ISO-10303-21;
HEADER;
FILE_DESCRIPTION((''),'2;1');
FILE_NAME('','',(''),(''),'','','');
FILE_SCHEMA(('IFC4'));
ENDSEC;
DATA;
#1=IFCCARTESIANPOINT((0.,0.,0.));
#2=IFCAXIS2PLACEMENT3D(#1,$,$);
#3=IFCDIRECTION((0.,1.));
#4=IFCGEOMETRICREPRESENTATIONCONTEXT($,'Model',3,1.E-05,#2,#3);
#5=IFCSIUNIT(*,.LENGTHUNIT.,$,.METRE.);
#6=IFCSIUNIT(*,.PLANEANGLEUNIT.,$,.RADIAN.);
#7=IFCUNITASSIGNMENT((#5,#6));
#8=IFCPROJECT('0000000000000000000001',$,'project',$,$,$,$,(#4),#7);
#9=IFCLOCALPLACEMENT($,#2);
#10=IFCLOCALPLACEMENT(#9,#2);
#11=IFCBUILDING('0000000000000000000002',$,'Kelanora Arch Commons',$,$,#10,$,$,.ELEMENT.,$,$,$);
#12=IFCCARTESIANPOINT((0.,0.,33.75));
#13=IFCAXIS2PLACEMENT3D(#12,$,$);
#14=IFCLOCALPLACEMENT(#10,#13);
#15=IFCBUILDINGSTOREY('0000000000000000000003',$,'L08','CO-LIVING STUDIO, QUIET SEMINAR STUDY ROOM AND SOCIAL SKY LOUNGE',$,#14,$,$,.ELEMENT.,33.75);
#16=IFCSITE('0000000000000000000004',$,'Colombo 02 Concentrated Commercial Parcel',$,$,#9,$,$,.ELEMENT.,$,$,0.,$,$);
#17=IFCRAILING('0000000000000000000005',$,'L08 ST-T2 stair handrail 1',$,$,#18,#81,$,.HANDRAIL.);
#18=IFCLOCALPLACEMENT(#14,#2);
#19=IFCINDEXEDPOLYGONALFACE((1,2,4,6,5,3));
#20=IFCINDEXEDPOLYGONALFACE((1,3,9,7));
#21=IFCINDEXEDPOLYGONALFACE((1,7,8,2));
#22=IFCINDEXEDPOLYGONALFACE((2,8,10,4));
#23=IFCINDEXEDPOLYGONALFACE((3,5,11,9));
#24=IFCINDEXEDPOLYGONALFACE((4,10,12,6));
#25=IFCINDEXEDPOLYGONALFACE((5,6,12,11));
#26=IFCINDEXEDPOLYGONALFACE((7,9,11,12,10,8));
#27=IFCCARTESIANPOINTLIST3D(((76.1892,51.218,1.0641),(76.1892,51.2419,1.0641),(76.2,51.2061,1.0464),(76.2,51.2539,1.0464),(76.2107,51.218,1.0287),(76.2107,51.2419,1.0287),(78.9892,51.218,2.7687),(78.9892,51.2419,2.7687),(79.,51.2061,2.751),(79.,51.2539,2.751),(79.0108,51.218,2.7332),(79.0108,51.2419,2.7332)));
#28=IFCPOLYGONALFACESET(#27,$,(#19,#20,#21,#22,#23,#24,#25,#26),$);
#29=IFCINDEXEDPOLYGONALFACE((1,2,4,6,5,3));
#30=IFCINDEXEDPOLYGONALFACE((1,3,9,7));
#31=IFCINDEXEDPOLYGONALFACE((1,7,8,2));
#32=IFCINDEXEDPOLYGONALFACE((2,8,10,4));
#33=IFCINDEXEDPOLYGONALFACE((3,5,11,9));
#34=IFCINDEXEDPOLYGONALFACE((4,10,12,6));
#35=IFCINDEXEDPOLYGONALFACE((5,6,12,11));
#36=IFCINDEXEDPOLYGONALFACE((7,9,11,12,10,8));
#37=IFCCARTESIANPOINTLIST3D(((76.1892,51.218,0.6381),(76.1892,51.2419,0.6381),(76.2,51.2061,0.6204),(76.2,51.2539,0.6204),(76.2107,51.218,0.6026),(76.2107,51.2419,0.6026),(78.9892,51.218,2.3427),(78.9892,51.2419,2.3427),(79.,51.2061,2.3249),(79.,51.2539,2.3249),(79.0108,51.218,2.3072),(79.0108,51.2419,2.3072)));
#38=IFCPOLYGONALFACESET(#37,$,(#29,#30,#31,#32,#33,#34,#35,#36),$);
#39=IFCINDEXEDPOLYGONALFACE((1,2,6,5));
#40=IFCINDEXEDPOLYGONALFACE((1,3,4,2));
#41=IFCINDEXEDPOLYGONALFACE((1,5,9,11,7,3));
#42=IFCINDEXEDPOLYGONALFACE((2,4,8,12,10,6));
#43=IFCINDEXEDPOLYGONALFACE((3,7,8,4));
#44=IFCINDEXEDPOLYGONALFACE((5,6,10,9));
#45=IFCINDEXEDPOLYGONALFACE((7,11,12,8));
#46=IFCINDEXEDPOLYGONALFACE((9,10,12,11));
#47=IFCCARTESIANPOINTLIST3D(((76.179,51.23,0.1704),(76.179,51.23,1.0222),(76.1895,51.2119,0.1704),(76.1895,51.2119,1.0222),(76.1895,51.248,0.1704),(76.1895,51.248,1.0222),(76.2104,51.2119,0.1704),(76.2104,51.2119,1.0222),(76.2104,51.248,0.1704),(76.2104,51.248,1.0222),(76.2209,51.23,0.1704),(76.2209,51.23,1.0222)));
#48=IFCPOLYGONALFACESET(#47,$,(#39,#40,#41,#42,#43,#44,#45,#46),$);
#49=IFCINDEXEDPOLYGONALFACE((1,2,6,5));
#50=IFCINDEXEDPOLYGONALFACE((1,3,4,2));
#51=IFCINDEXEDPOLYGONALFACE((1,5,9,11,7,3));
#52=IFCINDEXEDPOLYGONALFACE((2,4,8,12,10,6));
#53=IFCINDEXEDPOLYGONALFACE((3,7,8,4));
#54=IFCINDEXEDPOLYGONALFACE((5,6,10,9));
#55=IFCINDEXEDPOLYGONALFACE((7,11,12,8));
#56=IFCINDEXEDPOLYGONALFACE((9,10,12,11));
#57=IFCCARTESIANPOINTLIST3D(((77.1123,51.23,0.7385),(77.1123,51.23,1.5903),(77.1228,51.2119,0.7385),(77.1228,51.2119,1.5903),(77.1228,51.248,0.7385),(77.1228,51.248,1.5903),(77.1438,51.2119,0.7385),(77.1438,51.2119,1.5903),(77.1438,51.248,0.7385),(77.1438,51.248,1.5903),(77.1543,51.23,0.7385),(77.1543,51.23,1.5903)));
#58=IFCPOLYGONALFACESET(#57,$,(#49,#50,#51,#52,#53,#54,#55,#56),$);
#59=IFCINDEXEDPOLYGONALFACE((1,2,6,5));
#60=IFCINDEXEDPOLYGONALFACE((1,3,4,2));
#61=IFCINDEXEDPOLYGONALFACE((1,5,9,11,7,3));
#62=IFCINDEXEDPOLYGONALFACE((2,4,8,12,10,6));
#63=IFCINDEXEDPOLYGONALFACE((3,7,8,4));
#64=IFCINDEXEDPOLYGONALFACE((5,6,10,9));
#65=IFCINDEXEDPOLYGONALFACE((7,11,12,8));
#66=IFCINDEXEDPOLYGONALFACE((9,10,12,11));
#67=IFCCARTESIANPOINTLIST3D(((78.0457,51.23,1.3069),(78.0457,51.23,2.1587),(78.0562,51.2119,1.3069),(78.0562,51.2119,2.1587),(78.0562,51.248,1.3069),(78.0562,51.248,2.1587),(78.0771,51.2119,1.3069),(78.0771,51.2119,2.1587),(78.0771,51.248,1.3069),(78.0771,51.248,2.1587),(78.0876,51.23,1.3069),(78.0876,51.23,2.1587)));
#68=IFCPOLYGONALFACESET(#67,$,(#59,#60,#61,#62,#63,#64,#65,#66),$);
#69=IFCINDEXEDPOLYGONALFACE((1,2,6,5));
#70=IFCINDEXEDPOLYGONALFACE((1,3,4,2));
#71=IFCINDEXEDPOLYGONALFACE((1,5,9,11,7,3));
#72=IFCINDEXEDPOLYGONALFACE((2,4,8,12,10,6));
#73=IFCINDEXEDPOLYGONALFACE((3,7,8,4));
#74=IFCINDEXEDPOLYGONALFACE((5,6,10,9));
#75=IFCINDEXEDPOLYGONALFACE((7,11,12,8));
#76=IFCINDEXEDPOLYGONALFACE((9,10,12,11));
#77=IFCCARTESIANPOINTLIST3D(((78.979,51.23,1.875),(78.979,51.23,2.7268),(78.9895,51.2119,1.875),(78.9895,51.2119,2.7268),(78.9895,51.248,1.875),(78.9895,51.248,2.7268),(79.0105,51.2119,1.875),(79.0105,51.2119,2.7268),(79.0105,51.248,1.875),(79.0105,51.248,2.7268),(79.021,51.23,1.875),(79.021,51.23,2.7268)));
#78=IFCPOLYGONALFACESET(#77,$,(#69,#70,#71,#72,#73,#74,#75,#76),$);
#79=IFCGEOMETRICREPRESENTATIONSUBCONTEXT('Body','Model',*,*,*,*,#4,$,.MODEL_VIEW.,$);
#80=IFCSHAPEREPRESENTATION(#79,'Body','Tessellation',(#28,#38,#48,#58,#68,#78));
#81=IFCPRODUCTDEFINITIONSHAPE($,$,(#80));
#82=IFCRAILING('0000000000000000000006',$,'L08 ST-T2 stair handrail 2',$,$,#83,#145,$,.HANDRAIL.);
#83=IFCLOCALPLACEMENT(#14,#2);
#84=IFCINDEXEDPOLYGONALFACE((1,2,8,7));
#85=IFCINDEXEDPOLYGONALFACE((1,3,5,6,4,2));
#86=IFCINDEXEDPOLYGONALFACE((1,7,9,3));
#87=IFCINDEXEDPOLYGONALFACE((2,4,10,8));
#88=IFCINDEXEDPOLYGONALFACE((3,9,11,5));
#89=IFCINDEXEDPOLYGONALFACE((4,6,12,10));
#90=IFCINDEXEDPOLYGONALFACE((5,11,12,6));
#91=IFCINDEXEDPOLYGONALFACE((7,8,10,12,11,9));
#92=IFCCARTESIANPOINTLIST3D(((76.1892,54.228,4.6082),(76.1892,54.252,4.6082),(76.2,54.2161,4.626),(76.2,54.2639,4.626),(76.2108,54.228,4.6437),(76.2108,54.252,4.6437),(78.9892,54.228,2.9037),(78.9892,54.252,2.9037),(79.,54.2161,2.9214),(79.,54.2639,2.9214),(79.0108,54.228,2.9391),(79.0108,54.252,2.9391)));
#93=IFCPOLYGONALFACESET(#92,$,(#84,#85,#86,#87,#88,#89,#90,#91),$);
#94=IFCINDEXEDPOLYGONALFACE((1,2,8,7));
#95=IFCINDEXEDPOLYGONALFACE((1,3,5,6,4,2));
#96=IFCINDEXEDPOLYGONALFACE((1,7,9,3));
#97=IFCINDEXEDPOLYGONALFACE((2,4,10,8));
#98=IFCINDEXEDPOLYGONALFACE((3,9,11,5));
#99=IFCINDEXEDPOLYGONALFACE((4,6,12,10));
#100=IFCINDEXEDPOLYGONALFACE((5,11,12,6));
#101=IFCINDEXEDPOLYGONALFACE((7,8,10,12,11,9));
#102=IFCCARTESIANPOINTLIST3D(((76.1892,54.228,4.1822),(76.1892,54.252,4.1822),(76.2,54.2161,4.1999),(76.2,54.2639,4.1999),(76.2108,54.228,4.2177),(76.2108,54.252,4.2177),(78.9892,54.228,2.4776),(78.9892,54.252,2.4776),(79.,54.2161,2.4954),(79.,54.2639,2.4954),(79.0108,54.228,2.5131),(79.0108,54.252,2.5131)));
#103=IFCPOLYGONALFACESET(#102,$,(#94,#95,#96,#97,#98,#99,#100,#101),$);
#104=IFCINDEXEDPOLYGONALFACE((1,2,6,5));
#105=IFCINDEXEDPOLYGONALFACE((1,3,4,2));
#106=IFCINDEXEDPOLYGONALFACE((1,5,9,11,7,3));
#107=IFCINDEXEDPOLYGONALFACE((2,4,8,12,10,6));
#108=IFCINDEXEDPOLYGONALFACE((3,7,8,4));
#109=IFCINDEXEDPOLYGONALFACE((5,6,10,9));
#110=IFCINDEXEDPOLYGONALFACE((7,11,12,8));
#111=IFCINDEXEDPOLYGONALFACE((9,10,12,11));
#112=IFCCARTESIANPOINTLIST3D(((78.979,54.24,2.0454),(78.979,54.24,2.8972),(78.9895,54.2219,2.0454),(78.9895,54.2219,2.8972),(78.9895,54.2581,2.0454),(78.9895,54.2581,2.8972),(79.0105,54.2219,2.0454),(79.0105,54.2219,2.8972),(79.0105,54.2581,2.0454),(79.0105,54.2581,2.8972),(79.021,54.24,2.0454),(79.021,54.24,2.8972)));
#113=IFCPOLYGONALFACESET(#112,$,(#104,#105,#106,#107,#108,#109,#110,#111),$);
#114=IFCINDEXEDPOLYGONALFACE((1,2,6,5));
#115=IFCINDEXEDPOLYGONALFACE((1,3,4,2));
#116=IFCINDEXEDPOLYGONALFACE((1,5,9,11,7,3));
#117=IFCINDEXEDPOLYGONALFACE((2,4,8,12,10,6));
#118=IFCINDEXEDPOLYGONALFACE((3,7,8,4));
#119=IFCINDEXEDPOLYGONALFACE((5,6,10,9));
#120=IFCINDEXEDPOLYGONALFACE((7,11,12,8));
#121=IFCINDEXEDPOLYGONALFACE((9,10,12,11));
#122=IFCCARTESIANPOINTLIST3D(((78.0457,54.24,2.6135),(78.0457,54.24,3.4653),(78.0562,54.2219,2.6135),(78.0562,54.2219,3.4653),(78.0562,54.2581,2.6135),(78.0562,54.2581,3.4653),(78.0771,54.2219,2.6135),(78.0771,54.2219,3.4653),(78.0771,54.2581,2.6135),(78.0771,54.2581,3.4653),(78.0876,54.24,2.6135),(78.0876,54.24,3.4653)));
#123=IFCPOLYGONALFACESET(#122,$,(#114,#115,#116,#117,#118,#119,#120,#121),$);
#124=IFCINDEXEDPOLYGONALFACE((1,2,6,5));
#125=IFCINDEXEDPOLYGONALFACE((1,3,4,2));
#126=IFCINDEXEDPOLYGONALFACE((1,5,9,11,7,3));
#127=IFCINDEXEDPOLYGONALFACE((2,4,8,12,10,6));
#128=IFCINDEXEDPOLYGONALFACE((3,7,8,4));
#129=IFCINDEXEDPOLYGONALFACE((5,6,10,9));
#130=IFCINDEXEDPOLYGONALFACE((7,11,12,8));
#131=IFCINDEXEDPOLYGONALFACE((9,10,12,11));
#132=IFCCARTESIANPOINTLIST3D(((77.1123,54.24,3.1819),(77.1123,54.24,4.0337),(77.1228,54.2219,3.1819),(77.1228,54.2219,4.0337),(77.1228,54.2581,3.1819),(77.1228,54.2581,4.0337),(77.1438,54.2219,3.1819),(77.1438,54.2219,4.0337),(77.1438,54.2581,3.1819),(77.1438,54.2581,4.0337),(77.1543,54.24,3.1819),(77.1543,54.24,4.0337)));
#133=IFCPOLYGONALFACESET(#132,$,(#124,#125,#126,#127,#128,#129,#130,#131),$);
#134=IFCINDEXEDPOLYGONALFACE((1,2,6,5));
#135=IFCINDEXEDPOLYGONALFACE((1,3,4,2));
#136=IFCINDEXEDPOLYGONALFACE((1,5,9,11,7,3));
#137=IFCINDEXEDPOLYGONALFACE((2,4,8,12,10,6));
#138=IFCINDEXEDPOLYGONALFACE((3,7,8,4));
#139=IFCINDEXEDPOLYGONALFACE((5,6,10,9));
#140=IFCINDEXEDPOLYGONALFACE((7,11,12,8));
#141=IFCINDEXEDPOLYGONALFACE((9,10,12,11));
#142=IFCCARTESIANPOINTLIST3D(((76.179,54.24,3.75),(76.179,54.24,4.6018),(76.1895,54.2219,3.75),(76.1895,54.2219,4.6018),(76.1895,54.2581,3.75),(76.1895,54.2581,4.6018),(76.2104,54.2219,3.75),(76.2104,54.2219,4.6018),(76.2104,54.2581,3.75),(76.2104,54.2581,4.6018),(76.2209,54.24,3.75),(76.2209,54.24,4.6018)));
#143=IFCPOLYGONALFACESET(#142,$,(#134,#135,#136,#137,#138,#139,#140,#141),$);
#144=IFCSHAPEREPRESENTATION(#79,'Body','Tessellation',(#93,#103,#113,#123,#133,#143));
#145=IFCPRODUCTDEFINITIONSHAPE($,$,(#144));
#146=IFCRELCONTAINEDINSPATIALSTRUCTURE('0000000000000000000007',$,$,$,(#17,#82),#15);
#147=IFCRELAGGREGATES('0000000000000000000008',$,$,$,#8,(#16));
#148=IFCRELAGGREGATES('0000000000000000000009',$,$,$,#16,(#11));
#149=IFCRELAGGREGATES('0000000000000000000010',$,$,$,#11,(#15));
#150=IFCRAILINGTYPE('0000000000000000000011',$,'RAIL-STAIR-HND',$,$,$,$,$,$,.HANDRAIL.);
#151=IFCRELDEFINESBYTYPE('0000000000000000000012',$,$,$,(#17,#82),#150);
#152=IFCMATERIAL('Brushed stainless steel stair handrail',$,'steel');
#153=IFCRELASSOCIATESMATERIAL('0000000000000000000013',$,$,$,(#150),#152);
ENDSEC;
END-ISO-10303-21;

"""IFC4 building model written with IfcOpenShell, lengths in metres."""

from ifc_helpers import new_model, si_unit, direction, frame, origin, place, context, subcontext, project, spatial, polyline, outline, extrude, material, type_object, element, save


model = new_model("IFC4")

# Units and contexts
model_context = context("Model", 3, precision=1e-05, world=origin(), true_north=direction((0.0, 1.0)))
body_context = subcontext(model_context, "Body", "Model", "MODEL_VIEW")
ifc_project = project(units=[si_unit("LENGTHUNIT", "METRE"), si_unit("PLANEANGLEUNIT", "RADIAN")], contexts=[model_context])

# Site, building, storey
site_placement = place(None, origin())
site = spatial("IfcSite", under=ifc_project, at=site_placement, Name="Colombo 02 Concentrated Commercial Parcel", CompositionType="ELEMENT", RefElevation=0.0)
building_placement = place(site_placement, origin())
building = spatial("IfcBuilding", under=site, at=building_placement, Name="Kelanora Arch Commons", CompositionType="ELEMENT")
storey_placement = place(building_placement, frame((0.0, 0.0, 33.75)))
storey = spatial("IfcBuildingStorey", under=building, at=storey_placement, Name="L08", Description="CO-LIVING STUDIO, QUIET SEMINAR STUDY ROOM AND SOCIAL SKY LOUNGE", CompositionType="ELEMENT", Elevation=33.75)

# Railings
ifc_material_1 = material(Name="Brushed stainless steel stair handrail", Category="steel")
railing_type_1 = type_object("IfcRailingType", Name="RAIL-STAIR-HND", PredefinedType="HANDRAIL", material=ifc_material_1)
railing_1_placement = place(storey_placement, frame((76.2, 51.23, 0.1704)))
element("IfcRailing", 1, at=railing_1_placement, inside=storey, type_object=railing_type_1, Name="L08 ST-T2 stair handrail 1", PredefinedType="HANDRAIL", context=body_context, shape_type="SweptSolid", body=[
    extrude(outline(polyline([(0.0239, 0.0), (0.012, 0.0208), (-0.012, 0.0208), (-0.0239, 0.0), (-0.012, -0.0208), (0.012, -0.0208), (0.0239, 0.0)])), frame((0.0, 0.0, 0.876), z_axis=(0.85417, 0.0, 0.519994), x_axis=(0.0, 1.0, 0.0)), (0.0, 0.0, 1.0), 3.2781),
    extrude(outline(polyline([(0.0239, 0.0), (0.012, 0.0208), (-0.012, 0.0208), (-0.0239, 0.0), (-0.012, -0.0208), (0.012, -0.0208), (0.0239, 0.0)])), frame((0.0, 0.0, 0.45), z_axis=(0.85417, 0.0, 0.519994), x_axis=(0.0, 1.0, 0.0)), (0.0, 0.0, 1.0), 3.2781),
    extrude(outline(polyline([(0.021, 0.0), (0.0105, 0.0181), (-0.0105, 0.0181), (-0.021, 0.0), (-0.0105, -0.0181), (0.0105, -0.0181), (0.021, 0.0)])), origin(), (0.0, 0.0, 1.0), 0.8518),
    extrude(outline(polyline([(0.021, 0.0), (0.0105, 0.0181), (-0.0105, 0.0181), (-0.021, 0.0), (-0.0105, -0.0181), (0.0105, -0.0181), (0.021, 0.0)])), frame((0.9333, 0.0, 0.5681)), (0.0, 0.0, 1.0), 0.8518),
    extrude(outline(polyline([(0.021, 0.0), (0.0105, 0.0181), (-0.0105, 0.0181), (-0.021, 0.0), (-0.0105, -0.0181), (0.0105, -0.0181), (0.021, 0.0)])), frame((1.8667, 0.0, 1.1365)), (0.0, 0.0, 1.0), 0.8518),
    extrude(outline(polyline([(0.021, 0.0), (0.0105, 0.0181), (-0.0105, 0.0181), (-0.021, 0.0), (-0.0105, -0.0181), (0.0105, -0.0181), (0.021, 0.0)])), frame((2.8, 0.0, 1.7046)), (0.0, 0.0, 1.0), 0.8518),
])
railing_2_placement = place(storey_placement, frame((79.0, 54.24, 2.0454)))
element("IfcRailing", 2, at=railing_2_placement, inside=storey, type_object=railing_type_1, Name="L08 ST-T2 stair handrail 2", PredefinedType="HANDRAIL", context=body_context, shape_type="SweptSolid", body=[
    extrude(outline(polyline([(0.0239, 0.0), (0.012, 0.0208), (-0.012, 0.0208), (-0.0239, 0.0), (-0.012, -0.0208), (0.012, -0.0208), (0.0239, 0.0)])), frame((0.0, 0.0, 0.876), z_axis=(-0.85417, 0.0, 0.519994), x_axis=(0.0, -1.0, 0.0)), (0.0, 0.0, 1.0), 3.2781),
    extrude(outline(polyline([(0.0239, 0.0), (0.012, 0.0208), (-0.012, 0.0208), (-0.0239, 0.0), (-0.012, -0.0208), (0.012, -0.0208), (0.0239, 0.0)])), frame((0.0, 0.0, 0.45), z_axis=(-0.85417, 0.0, 0.519994), x_axis=(0.0, -1.0, 0.0)), (0.0, 0.0, 1.0), 3.2781),
    extrude(outline(polyline([(0.021, 0.0), (0.0105, 0.0181), (-0.0105, 0.0181), (-0.021, 0.0), (-0.0105, -0.0181), (0.0105, -0.0181), (0.021, 0.0)])), origin(), (0.0, 0.0, 1.0), 0.8518),
    extrude(outline(polyline([(0.021, 0.0), (0.0105, 0.0181), (-0.0105, 0.0181), (-0.021, 0.0), (-0.0105, -0.0181), (0.0105, -0.0181), (0.021, 0.0)])), frame((-0.9333, 0.0, 0.5681)), (0.0, 0.0, 1.0), 0.8518),
    extrude(outline(polyline([(0.021, 0.0), (0.0105, 0.0181), (-0.0105, 0.0181), (-0.021, 0.0), (-0.0105, -0.0181), (0.0105, -0.0181), (0.021, 0.0)])), frame((-1.8667, 0.0, 1.1365)), (0.0, 0.0, 1.0), 0.8518),
    extrude(outline(polyline([(0.021, 0.0), (0.0105, 0.0181), (-0.0105, 0.0181), (-0.021, 0.0), (-0.0105, -0.0181), (0.0105, -0.0181), (0.021, 0.0)])), frame((-2.8, 0.0, 1.7046)), (0.0, 0.0, 1.0), 0.8518),
])

save(model, "model.ifc")
